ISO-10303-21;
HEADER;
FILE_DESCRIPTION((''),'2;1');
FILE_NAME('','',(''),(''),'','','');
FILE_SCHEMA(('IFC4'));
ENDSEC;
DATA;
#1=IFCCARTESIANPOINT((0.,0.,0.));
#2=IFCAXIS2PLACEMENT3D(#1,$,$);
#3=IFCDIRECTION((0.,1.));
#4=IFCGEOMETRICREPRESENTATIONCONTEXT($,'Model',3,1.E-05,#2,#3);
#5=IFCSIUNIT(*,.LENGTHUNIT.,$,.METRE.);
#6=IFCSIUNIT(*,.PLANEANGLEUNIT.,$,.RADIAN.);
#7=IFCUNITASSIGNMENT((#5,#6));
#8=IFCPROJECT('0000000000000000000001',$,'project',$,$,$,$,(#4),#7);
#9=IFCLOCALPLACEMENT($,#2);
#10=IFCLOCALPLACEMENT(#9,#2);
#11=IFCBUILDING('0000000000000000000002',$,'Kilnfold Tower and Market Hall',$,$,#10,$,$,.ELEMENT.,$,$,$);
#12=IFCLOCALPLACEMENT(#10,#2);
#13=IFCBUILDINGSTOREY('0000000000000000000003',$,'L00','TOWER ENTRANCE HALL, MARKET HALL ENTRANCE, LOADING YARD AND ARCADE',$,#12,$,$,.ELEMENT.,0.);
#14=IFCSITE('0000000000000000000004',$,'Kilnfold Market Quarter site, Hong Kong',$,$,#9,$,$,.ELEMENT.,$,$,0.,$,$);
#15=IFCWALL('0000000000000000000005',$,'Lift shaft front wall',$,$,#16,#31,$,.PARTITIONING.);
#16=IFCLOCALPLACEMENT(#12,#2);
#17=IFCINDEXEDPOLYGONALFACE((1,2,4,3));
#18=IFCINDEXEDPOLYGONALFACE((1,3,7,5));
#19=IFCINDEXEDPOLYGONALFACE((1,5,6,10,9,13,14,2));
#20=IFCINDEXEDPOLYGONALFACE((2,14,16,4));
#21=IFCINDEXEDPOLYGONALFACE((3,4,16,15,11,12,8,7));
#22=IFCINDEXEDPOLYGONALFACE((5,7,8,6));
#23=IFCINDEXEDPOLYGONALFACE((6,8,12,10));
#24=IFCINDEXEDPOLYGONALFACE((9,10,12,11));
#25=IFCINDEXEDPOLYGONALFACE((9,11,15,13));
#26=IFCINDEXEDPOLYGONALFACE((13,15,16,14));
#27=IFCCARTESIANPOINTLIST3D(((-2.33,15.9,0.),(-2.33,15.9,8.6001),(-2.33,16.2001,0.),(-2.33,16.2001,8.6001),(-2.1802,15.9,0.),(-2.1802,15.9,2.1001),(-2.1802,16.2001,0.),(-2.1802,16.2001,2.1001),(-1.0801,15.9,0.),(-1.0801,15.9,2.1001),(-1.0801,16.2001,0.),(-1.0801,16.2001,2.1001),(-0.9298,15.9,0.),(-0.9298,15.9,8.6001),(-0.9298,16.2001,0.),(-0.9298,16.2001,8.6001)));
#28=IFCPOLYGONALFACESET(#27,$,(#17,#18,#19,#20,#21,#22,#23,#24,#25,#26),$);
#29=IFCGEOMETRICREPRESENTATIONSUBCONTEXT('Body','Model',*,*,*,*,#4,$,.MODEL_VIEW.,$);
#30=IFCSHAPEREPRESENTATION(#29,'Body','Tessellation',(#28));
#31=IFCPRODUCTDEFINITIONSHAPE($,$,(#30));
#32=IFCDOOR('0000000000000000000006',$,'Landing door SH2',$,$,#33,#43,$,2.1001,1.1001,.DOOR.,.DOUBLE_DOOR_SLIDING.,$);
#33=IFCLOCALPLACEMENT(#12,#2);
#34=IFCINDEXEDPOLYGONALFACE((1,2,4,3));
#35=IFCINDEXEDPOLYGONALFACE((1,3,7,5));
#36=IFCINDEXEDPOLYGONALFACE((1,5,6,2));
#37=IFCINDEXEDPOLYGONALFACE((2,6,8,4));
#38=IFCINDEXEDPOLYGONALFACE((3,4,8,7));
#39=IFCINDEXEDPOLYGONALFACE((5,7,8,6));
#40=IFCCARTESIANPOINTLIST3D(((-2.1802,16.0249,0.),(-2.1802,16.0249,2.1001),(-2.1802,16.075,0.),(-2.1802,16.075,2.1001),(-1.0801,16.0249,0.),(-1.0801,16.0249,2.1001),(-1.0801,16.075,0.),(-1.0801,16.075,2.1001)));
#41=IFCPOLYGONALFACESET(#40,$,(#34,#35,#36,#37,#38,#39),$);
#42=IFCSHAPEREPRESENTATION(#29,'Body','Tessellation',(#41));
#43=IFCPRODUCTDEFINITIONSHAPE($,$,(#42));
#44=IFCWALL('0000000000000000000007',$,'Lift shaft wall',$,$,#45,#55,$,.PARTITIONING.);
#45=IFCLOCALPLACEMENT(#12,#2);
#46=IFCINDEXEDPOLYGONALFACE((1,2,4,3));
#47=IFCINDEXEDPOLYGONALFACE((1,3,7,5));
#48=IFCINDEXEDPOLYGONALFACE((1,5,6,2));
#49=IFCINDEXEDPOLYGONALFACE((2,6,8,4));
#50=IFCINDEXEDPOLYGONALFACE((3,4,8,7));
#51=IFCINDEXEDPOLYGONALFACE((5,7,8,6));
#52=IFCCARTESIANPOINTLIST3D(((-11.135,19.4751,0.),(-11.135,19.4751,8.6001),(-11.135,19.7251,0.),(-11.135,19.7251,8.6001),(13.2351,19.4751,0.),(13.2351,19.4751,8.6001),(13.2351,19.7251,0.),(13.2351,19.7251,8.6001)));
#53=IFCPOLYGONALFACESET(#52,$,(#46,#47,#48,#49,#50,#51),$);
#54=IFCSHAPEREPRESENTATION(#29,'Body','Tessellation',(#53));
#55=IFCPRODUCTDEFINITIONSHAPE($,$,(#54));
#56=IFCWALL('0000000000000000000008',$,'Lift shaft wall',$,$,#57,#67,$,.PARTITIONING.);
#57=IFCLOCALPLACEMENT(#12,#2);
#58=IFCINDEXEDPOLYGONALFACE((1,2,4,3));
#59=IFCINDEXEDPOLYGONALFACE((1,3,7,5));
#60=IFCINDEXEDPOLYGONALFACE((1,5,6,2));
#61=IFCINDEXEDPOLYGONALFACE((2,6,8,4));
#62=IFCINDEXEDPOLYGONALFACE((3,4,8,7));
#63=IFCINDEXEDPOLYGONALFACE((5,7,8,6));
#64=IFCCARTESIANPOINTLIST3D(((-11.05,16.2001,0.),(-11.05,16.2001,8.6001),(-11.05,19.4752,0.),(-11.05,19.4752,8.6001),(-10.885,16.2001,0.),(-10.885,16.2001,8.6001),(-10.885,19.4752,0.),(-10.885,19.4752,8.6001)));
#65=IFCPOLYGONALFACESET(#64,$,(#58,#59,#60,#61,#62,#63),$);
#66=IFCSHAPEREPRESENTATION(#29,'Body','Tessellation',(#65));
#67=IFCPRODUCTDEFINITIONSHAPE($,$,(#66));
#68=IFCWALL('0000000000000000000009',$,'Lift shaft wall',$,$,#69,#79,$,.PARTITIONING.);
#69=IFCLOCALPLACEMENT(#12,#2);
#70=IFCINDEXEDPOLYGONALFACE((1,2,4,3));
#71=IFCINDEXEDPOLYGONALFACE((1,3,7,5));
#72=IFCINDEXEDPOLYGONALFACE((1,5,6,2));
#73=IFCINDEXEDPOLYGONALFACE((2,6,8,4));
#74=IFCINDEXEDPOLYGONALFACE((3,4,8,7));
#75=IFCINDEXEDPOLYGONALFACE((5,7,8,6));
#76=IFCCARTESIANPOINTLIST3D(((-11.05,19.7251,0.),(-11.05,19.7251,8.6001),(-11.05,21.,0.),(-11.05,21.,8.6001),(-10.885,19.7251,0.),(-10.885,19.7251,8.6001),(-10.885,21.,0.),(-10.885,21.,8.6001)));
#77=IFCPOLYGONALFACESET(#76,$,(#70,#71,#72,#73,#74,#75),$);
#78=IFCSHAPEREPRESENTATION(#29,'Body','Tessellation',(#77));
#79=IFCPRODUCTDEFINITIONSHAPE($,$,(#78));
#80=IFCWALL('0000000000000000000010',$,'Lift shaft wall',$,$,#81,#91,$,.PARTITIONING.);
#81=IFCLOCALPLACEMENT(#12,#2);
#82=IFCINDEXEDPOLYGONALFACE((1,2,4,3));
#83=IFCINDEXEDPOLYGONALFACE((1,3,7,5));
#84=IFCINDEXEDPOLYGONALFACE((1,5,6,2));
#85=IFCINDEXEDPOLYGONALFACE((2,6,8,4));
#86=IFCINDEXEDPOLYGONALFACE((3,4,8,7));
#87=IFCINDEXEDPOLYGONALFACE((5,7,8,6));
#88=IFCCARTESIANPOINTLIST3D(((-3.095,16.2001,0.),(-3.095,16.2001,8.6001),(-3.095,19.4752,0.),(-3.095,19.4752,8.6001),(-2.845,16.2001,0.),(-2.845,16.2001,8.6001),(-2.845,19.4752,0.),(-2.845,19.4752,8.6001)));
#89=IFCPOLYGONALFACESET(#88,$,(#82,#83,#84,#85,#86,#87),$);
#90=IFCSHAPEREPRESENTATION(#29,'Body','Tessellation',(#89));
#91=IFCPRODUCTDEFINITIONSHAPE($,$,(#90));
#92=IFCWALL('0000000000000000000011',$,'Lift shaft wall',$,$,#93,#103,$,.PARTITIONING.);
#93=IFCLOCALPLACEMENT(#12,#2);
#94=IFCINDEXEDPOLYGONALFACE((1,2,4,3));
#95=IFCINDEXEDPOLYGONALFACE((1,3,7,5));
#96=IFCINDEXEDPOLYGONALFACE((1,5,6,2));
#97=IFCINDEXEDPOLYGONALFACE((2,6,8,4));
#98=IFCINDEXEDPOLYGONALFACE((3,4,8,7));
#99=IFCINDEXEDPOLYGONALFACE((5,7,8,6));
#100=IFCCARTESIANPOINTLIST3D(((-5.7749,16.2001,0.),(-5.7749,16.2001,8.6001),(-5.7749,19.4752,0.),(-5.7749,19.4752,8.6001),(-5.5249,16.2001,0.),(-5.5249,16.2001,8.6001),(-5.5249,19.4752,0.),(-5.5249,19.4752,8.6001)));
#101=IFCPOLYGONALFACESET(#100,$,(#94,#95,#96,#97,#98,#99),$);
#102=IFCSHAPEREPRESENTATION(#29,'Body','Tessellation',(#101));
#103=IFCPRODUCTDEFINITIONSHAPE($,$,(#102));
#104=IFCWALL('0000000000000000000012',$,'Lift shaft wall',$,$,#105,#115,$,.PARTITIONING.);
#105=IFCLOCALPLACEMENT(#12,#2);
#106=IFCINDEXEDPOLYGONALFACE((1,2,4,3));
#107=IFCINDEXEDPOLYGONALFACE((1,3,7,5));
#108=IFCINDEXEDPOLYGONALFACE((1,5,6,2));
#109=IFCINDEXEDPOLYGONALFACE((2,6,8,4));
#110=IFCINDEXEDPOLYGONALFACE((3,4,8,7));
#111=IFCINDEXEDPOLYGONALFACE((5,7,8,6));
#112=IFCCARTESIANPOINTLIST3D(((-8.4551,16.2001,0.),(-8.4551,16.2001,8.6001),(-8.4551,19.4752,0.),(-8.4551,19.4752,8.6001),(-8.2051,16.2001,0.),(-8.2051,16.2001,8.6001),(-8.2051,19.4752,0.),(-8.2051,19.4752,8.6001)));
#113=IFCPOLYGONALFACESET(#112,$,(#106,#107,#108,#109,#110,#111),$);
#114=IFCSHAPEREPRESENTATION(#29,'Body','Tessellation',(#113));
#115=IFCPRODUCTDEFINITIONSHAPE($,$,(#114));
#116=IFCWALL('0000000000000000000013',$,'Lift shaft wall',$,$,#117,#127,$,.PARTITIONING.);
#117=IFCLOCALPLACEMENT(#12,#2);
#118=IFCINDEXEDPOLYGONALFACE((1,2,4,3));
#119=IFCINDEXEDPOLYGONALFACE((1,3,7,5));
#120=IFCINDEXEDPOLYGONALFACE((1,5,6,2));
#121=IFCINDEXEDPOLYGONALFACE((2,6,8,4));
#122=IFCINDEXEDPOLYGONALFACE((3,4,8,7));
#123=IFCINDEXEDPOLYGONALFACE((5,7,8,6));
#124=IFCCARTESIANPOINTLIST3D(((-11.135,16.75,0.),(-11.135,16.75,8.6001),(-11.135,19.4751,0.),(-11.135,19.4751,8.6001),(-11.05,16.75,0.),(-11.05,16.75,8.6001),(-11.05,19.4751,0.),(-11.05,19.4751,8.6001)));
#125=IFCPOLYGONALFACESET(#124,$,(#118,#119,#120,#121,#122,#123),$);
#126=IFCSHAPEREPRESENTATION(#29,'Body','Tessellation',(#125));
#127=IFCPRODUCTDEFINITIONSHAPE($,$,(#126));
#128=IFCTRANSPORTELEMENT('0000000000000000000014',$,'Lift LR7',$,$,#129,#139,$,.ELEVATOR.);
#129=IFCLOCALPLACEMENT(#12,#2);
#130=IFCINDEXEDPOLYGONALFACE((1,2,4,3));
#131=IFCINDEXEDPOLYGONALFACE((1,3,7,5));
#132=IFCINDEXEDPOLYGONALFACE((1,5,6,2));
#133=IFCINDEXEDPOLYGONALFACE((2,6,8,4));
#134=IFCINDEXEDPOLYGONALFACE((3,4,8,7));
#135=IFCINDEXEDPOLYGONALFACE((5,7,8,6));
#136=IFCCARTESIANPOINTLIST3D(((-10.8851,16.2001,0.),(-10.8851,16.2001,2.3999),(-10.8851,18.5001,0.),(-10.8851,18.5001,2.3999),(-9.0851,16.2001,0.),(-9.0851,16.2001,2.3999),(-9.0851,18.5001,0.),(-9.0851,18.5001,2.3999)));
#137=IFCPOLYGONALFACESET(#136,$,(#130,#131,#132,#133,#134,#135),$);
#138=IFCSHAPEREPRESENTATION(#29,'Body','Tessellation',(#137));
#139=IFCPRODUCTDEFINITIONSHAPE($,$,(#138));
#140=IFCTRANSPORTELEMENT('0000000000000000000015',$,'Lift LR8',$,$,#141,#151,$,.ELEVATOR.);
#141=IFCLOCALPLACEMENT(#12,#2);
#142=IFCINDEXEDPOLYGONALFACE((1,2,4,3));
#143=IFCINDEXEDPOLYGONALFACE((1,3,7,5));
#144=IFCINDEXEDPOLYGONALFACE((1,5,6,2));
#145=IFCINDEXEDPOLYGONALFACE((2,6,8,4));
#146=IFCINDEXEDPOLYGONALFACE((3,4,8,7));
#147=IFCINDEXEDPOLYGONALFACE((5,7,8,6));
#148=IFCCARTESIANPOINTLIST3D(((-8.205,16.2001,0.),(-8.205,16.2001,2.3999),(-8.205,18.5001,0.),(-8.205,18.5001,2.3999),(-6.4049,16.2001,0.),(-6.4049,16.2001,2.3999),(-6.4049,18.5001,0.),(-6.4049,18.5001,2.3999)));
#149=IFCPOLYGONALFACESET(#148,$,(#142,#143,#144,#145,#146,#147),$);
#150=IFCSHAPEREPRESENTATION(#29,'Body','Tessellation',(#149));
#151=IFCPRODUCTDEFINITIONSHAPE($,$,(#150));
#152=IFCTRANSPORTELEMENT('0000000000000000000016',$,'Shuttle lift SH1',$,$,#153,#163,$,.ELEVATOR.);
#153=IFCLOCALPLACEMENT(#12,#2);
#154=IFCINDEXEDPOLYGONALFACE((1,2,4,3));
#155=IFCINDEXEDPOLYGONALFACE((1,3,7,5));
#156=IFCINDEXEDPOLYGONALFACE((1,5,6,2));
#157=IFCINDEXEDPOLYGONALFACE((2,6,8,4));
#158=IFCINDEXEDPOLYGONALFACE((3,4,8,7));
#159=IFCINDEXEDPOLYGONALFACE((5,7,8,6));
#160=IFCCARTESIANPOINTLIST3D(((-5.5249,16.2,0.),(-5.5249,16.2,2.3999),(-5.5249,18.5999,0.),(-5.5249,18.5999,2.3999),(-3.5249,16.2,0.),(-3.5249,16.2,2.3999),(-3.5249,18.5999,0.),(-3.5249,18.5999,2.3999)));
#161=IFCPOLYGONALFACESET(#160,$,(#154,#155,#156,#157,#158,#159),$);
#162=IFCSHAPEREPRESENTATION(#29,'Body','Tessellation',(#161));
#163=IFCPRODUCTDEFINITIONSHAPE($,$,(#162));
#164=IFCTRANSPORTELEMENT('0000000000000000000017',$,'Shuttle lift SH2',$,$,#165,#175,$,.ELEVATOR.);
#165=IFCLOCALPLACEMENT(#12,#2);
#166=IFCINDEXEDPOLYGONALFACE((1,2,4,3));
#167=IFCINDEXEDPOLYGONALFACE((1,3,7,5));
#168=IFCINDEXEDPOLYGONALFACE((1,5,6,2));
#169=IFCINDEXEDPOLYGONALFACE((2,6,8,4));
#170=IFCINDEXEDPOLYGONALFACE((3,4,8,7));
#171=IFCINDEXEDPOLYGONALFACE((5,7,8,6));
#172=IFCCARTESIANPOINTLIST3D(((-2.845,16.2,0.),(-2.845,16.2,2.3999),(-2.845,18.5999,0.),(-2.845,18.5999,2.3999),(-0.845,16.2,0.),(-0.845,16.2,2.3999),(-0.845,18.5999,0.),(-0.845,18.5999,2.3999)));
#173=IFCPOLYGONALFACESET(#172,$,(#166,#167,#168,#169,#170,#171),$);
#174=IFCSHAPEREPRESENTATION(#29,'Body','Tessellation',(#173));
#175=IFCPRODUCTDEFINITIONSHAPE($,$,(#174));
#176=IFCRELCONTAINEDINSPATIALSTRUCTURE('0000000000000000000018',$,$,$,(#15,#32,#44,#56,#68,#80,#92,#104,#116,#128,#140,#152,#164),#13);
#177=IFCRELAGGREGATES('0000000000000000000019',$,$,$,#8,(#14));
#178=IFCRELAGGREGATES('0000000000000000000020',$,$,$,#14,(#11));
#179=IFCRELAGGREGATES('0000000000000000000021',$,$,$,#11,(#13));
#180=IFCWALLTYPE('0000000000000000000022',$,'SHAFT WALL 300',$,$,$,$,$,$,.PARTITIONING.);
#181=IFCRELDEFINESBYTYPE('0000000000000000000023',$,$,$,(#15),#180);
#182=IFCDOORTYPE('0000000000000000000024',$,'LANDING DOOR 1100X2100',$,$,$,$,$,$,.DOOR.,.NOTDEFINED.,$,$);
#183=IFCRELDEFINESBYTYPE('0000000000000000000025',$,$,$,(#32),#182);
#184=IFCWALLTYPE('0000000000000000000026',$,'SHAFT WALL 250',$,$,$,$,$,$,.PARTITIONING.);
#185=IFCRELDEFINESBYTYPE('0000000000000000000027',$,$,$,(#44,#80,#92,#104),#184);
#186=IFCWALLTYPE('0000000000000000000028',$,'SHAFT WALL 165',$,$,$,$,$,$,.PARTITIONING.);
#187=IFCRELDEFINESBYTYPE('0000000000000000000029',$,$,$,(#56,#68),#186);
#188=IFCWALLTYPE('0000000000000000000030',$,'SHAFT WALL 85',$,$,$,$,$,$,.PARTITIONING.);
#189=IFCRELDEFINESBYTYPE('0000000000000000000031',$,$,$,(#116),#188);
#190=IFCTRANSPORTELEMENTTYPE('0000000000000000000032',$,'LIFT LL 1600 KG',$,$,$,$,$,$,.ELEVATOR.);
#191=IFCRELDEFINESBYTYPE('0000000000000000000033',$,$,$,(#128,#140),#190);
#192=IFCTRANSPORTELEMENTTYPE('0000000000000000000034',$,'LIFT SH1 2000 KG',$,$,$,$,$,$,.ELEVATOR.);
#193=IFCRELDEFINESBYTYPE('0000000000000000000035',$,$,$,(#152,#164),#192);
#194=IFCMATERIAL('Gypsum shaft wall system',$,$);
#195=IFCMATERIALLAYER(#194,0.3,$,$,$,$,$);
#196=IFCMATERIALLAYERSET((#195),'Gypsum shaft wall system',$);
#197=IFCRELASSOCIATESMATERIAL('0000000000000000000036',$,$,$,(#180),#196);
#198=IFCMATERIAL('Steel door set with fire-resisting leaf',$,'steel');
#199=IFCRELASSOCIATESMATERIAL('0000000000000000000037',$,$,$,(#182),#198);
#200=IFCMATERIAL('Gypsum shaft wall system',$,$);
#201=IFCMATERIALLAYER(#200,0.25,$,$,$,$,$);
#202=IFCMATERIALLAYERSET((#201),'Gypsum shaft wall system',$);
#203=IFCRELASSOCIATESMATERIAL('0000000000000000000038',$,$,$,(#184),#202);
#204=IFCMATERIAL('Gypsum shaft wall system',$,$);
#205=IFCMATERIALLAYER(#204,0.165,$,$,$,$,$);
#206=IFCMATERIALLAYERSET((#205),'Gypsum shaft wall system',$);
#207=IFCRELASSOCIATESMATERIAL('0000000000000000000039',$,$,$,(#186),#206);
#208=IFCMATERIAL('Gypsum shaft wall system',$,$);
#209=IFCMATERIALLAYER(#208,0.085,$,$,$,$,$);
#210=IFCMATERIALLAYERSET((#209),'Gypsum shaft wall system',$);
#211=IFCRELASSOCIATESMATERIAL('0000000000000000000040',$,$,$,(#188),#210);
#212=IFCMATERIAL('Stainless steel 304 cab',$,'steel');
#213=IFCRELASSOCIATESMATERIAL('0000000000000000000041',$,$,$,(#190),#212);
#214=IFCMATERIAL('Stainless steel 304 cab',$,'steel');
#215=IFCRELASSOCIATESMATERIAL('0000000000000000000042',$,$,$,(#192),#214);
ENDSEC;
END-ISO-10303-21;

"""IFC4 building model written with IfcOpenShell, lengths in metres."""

from ifc_helpers import new_model, si_unit, direction, frame, frame_2d, origin, origin_2d, place, context, subcontext, project, spatial, rectangle, extrude, source, transform, mapped, material, layer, layer_set, type_object, element, fill, save


model = new_model("IFC4")

# Units and contexts
model_context = context("Model", 3, precision=1e-05, world=origin(), true_north=direction((0.0, 1.0)))
body_context = subcontext(model_context, "Body", "Model", "MODEL_VIEW")
ifc_project = project(units=[si_unit("LENGTHUNIT", "METRE"), si_unit("PLANEANGLEUNIT", "RADIAN")], contexts=[model_context])

# Site, building, storey
site_placement = place(None, origin())
site = spatial("IfcSite", under=ifc_project, at=site_placement, Name="Kilnfold Market Quarter site, Hong Kong", CompositionType="ELEMENT", RefElevation=0.0)
building_placement = place(site_placement, origin())
building = spatial("IfcBuilding", under=site, at=building_placement, Name="Kilnfold Tower and Market Hall", CompositionType="ELEMENT")
storey_placement = place(building_placement, origin())
storey = spatial("IfcBuildingStorey", under=building, at=storey_placement, Name="L00", Description="TOWER ENTRANCE HALL, MARKET HALL ENTRANCE, LOADING YARD AND ARCADE", CompositionType="ELEMENT", Elevation=0.0)

# Wall, opening, door
ifc_material_1 = material(Name="Gypsum shaft wall system")
ifc_layer_1 = layer(ifc_material_1, 0.3)
ifc_layer_set_1 = layer_set([ifc_layer_1], Name="Gypsum shaft wall system")
wall_type_1 = type_object("IfcWallType", Name="SHAFT WALL 300", PredefinedType="PARTITIONING", material=ifc_layer_set_1)
ifc_material_2 = material(Name="Steel door set with fire-resisting leaf", Category="steel")
door_type = type_object("IfcDoorType", Name="LANDING DOOR 1100X2100", OperationType="NOTDEFINED", PredefinedType="DOOR", material=ifc_material_2)
shared_shape_1 = source(origin(), body_context, "Body", "SweptSolid", [
    extrude(rectangle(XDim=1.4001, YDim=0.3, at=frame_2d((0.7002, 0.0))), origin(), (0.0, 0.0, 1.0), 8.6001),
])
wall_1_placement = place(storey_placement, frame((-2.3301, 16.05, 0.0), z_axis=(0.0, 0.0, 1.0), x_axis=(1.0, 0.0, 0.0)))
wall_1 = element("IfcWall", 1, at=wall_1_placement, inside=storey, type_object=wall_type_1, Name="Lift shaft front wall", PredefinedType="PARTITIONING", context=body_context, shape_type="MappedRepresentation", body=[
    mapped(shared_shape_1, transform((0.0, 0.0, 0.0))),
])
opening_1_placement = place(wall_1_placement, frame((0.1499, 0.0, 0.0)))
opening_1 = element("IfcOpeningElement", 2, at=opening_1_placement, cuts=wall_1, PredefinedType="OPENING", context=body_context, shape_type="SweptSolid", body=[
    extrude(rectangle(XDim=1.1001, YDim=2.1001, at=frame_2d((0.55, 1.05))), frame((0.0, 0.1602, 0.0), z_axis=(0.0, -1.0, 0.0), x_axis=(1.0, 0.0, 0.0)), (0.0, 0.0, 1.0), 0.3201),
])
door_1_placement = place(opening_1_placement, origin())
door_1 = element("IfcDoor", 3, at=door_1_placement, inside=storey, type_object=door_type, Name="Landing door SH2", OperationType="DOUBLE_DOOR_SLIDING", OverallHeight=2.1001, OverallWidth=1.1001, PredefinedType="DOOR", context=body_context, shape_type="SweptSolid", body=[
    extrude(rectangle(XDim=1.1001, YDim=2.1001, at=frame_2d((0.55, 1.05))), frame((0.0, 0.0249, 0.0), z_axis=(0.0, -1.0, 0.0), x_axis=(1.0, 0.0, 0.0)), (0.0, 0.0, 1.0), 0.05),
])
fill(opening_1, door_1)

# Walls
ifc_material_3 = material(Name="Gypsum shaft wall system")
ifc_layer_2 = layer(ifc_material_3, 0.25)
ifc_layer_set_2 = layer_set([ifc_layer_2], Name="Gypsum shaft wall system")
wall_type_2 = type_object("IfcWallType", Name="SHAFT WALL 250", PredefinedType="PARTITIONING", material=ifc_layer_set_2)
shared_shape_2 = source(origin(), body_context, "Body", "SweptSolid", [
    extrude(rectangle(XDim=24.3701, YDim=0.25, at=frame_2d((12.1851, 0.0))), origin(), (0.0, 0.0, 1.0), 8.6001),
])
wall_2_placement = place(storey_placement, frame((-11.135, 19.6001, 0.0), z_axis=(0.0, 0.0, 1.0), x_axis=(1.0, 0.0, 0.0)))
element("IfcWall", 4, at=wall_2_placement, inside=storey, type_object=wall_type_2, Name="Lift shaft wall", PredefinedType="PARTITIONING", context=body_context, shape_type="MappedRepresentation", body=[
    mapped(shared_shape_2, transform((0.0, 0.0, 0.0))),
])
ifc_material_4 = material(Name="Gypsum shaft wall system")
ifc_layer_3 = layer(ifc_material_4, 0.165)
ifc_layer_set_3 = layer_set([ifc_layer_3], Name="Gypsum shaft wall system")
wall_type_3 = type_object("IfcWallType", Name="SHAFT WALL 165", PredefinedType="PARTITIONING", material=ifc_layer_set_3)
shared_shape_3 = source(origin(), body_context, "Body", "SweptSolid", [
    extrude(rectangle(XDim=3.2751, YDim=0.165, at=frame_2d((1.6377, 0.0))), origin(), (0.0, 0.0, 1.0), 8.6001),
])
wall_3_placement = place(storey_placement, frame((-10.9675, 16.2, 0.0), z_axis=(0.0, 0.0, 1.0), x_axis=(0.0, 1.0, 0.0)))
element("IfcWall", 5, at=wall_3_placement, inside=storey, type_object=wall_type_3, Name="Lift shaft wall", PredefinedType="PARTITIONING", context=body_context, shape_type="MappedRepresentation", body=[
    mapped(shared_shape_3, transform((0.0, 0.0, 0.0))),
])
shared_shape_4 = source(origin(), body_context, "Body", "SweptSolid", [
    extrude(rectangle(XDim=1.2749, YDim=0.165, at=frame_2d((0.6375, 0.0))), origin(), (0.0, 0.0, 1.0), 8.6001),
])
wall_4_placement = place(storey_placement, frame((-10.9675, 19.7251, 0.0), z_axis=(0.0, 0.0, 1.0), x_axis=(0.0, 1.0, 0.0)))
element("IfcWall", 6, at=wall_4_placement, inside=storey, type_object=wall_type_3, Name="Lift shaft wall", PredefinedType="PARTITIONING", context=body_context, shape_type="MappedRepresentation", body=[
    mapped(shared_shape_4, transform((0.0, 0.0, 0.0))),
])
shared_shape_5 = source(origin(), body_context, "Body", "SweptSolid", [
    extrude(rectangle(XDim=3.2751, YDim=0.25, at=frame_2d((1.6377, 0.0))), origin(), (0.0, 0.0, 1.0), 8.6001),
])
for number, where, z_axis, x_axis, name in (
    (7, (-2.97, 16.2, 0.0), (0.0, 0.0, 1.0), (0.0, 1.0, 0.0), "Lift shaft wall"),
    (8, (-5.6499, 16.2, 0.0), (0.0, 0.0, 1.0), (0.0, 1.0, 0.0), "Lift shaft wall"),
    (9, (-8.3301, 16.2, 0.0), (0.0, 0.0, 1.0), (0.0, 1.0, 0.0), "Lift shaft wall"),
):
    element("IfcWall", number, at=place(storey_placement, frame(where, z_axis=z_axis, x_axis=x_axis)), inside=storey, type_object=wall_type_2, Name=name, PredefinedType="PARTITIONING", context=body_context, shape_type="MappedRepresentation", body=[
        mapped(shared_shape_5, transform((0.0, 0.0, 0.0))),
    ])
ifc_material_5 = material(Name="Gypsum shaft wall system")
ifc_layer_4 = layer(ifc_material_5, 0.085)
ifc_layer_set_4 = layer_set([ifc_layer_4], Name="Gypsum shaft wall system")
wall_type_4 = type_object("IfcWallType", Name="SHAFT WALL 85", PredefinedType="PARTITIONING", material=ifc_layer_set_4)
shared_shape_6 = source(origin(), body_context, "Body", "SweptSolid", [
    extrude(rectangle(XDim=2.7251, YDim=0.085, at=frame_2d((1.3625, 0.0))), origin(), (0.0, 0.0, 1.0), 8.6001),
])
wall_5_placement = place(storey_placement, frame((-11.0925, 16.75, 0.0), z_axis=(0.0, 0.0, 1.0), x_axis=(0.0, 1.0, 0.0)))
element("IfcWall", 10, at=wall_5_placement, inside=storey, type_object=wall_type_4, Name="Lift shaft wall", PredefinedType="PARTITIONING", context=body_context, shape_type="MappedRepresentation", body=[
    mapped(shared_shape_6, transform((0.0, 0.0, 0.0))),
])

# Transport elements
ifc_material_6 = material(Name="Stainless steel 304 cab", Category="steel")
transport_element_type_1 = type_object("IfcTransportElementType", Name="LIFT LL 1600 KG", PredefinedType="ELEVATOR", material=ifc_material_6)
shared_shape_7 = source(origin(), body_context, "Body", "SweptSolid", [
    extrude(rectangle(XDim=1.8, YDim=2.3, at=origin_2d()), origin(), (0.0, 0.0, 1.0), 2.3999),
])
for number, where, z_axis, x_axis, name in (
    (11, (-9.9851, 17.3501, 0.0), (0.0, 0.0, 1.0), (1.0, 0.0, 0.0), "Lift LR7"),
    (12, (-7.3049, 17.3501, 0.0), (0.0, 0.0, 1.0), (1.0, 0.0, 0.0), "Lift LR8"),
):
    element("IfcTransportElement", number, at=place(storey_placement, frame(where, z_axis=z_axis, x_axis=x_axis)), inside=storey, type_object=transport_element_type_1, Name=name, PredefinedType="ELEVATOR", context=body_context, shape_type="MappedRepresentation", body=[
        mapped(shared_shape_7, transform((0.0, 0.0, 0.0))),
    ])
ifc_material_7 = material(Name="Stainless steel 304 cab", Category="steel")
transport_element_type_2 = type_object("IfcTransportElementType", Name="LIFT SH1 2000 KG", PredefinedType="ELEVATOR", material=ifc_material_7)
shared_shape_8 = source(origin(), body_context, "Body", "SweptSolid", [
    extrude(rectangle(XDim=2.0, YDim=2.3999, at=origin_2d()), origin(), (0.0, 0.0, 1.0), 2.3999),
])
for number, where, z_axis, x_axis, name in (
    (13, (-4.5249, 17.3999, 0.0), (0.0, 0.0, 1.0), (1.0, 0.0, 0.0), "Shuttle lift SH1"),
    (14, (-1.845, 17.3999, 0.0), (0.0, 0.0, 1.0), (1.0, 0.0, 0.0), "Shuttle lift SH2"),
):
    element("IfcTransportElement", number, at=place(storey_placement, frame(where, z_axis=z_axis, x_axis=x_axis)), inside=storey, type_object=transport_element_type_2, Name=name, PredefinedType="ELEVATOR", context=body_context, shape_type="MappedRepresentation", body=[
        mapped(shared_shape_8, transform((0.0, 0.0, 0.0))),
    ])

save(model, "model.ifc")
